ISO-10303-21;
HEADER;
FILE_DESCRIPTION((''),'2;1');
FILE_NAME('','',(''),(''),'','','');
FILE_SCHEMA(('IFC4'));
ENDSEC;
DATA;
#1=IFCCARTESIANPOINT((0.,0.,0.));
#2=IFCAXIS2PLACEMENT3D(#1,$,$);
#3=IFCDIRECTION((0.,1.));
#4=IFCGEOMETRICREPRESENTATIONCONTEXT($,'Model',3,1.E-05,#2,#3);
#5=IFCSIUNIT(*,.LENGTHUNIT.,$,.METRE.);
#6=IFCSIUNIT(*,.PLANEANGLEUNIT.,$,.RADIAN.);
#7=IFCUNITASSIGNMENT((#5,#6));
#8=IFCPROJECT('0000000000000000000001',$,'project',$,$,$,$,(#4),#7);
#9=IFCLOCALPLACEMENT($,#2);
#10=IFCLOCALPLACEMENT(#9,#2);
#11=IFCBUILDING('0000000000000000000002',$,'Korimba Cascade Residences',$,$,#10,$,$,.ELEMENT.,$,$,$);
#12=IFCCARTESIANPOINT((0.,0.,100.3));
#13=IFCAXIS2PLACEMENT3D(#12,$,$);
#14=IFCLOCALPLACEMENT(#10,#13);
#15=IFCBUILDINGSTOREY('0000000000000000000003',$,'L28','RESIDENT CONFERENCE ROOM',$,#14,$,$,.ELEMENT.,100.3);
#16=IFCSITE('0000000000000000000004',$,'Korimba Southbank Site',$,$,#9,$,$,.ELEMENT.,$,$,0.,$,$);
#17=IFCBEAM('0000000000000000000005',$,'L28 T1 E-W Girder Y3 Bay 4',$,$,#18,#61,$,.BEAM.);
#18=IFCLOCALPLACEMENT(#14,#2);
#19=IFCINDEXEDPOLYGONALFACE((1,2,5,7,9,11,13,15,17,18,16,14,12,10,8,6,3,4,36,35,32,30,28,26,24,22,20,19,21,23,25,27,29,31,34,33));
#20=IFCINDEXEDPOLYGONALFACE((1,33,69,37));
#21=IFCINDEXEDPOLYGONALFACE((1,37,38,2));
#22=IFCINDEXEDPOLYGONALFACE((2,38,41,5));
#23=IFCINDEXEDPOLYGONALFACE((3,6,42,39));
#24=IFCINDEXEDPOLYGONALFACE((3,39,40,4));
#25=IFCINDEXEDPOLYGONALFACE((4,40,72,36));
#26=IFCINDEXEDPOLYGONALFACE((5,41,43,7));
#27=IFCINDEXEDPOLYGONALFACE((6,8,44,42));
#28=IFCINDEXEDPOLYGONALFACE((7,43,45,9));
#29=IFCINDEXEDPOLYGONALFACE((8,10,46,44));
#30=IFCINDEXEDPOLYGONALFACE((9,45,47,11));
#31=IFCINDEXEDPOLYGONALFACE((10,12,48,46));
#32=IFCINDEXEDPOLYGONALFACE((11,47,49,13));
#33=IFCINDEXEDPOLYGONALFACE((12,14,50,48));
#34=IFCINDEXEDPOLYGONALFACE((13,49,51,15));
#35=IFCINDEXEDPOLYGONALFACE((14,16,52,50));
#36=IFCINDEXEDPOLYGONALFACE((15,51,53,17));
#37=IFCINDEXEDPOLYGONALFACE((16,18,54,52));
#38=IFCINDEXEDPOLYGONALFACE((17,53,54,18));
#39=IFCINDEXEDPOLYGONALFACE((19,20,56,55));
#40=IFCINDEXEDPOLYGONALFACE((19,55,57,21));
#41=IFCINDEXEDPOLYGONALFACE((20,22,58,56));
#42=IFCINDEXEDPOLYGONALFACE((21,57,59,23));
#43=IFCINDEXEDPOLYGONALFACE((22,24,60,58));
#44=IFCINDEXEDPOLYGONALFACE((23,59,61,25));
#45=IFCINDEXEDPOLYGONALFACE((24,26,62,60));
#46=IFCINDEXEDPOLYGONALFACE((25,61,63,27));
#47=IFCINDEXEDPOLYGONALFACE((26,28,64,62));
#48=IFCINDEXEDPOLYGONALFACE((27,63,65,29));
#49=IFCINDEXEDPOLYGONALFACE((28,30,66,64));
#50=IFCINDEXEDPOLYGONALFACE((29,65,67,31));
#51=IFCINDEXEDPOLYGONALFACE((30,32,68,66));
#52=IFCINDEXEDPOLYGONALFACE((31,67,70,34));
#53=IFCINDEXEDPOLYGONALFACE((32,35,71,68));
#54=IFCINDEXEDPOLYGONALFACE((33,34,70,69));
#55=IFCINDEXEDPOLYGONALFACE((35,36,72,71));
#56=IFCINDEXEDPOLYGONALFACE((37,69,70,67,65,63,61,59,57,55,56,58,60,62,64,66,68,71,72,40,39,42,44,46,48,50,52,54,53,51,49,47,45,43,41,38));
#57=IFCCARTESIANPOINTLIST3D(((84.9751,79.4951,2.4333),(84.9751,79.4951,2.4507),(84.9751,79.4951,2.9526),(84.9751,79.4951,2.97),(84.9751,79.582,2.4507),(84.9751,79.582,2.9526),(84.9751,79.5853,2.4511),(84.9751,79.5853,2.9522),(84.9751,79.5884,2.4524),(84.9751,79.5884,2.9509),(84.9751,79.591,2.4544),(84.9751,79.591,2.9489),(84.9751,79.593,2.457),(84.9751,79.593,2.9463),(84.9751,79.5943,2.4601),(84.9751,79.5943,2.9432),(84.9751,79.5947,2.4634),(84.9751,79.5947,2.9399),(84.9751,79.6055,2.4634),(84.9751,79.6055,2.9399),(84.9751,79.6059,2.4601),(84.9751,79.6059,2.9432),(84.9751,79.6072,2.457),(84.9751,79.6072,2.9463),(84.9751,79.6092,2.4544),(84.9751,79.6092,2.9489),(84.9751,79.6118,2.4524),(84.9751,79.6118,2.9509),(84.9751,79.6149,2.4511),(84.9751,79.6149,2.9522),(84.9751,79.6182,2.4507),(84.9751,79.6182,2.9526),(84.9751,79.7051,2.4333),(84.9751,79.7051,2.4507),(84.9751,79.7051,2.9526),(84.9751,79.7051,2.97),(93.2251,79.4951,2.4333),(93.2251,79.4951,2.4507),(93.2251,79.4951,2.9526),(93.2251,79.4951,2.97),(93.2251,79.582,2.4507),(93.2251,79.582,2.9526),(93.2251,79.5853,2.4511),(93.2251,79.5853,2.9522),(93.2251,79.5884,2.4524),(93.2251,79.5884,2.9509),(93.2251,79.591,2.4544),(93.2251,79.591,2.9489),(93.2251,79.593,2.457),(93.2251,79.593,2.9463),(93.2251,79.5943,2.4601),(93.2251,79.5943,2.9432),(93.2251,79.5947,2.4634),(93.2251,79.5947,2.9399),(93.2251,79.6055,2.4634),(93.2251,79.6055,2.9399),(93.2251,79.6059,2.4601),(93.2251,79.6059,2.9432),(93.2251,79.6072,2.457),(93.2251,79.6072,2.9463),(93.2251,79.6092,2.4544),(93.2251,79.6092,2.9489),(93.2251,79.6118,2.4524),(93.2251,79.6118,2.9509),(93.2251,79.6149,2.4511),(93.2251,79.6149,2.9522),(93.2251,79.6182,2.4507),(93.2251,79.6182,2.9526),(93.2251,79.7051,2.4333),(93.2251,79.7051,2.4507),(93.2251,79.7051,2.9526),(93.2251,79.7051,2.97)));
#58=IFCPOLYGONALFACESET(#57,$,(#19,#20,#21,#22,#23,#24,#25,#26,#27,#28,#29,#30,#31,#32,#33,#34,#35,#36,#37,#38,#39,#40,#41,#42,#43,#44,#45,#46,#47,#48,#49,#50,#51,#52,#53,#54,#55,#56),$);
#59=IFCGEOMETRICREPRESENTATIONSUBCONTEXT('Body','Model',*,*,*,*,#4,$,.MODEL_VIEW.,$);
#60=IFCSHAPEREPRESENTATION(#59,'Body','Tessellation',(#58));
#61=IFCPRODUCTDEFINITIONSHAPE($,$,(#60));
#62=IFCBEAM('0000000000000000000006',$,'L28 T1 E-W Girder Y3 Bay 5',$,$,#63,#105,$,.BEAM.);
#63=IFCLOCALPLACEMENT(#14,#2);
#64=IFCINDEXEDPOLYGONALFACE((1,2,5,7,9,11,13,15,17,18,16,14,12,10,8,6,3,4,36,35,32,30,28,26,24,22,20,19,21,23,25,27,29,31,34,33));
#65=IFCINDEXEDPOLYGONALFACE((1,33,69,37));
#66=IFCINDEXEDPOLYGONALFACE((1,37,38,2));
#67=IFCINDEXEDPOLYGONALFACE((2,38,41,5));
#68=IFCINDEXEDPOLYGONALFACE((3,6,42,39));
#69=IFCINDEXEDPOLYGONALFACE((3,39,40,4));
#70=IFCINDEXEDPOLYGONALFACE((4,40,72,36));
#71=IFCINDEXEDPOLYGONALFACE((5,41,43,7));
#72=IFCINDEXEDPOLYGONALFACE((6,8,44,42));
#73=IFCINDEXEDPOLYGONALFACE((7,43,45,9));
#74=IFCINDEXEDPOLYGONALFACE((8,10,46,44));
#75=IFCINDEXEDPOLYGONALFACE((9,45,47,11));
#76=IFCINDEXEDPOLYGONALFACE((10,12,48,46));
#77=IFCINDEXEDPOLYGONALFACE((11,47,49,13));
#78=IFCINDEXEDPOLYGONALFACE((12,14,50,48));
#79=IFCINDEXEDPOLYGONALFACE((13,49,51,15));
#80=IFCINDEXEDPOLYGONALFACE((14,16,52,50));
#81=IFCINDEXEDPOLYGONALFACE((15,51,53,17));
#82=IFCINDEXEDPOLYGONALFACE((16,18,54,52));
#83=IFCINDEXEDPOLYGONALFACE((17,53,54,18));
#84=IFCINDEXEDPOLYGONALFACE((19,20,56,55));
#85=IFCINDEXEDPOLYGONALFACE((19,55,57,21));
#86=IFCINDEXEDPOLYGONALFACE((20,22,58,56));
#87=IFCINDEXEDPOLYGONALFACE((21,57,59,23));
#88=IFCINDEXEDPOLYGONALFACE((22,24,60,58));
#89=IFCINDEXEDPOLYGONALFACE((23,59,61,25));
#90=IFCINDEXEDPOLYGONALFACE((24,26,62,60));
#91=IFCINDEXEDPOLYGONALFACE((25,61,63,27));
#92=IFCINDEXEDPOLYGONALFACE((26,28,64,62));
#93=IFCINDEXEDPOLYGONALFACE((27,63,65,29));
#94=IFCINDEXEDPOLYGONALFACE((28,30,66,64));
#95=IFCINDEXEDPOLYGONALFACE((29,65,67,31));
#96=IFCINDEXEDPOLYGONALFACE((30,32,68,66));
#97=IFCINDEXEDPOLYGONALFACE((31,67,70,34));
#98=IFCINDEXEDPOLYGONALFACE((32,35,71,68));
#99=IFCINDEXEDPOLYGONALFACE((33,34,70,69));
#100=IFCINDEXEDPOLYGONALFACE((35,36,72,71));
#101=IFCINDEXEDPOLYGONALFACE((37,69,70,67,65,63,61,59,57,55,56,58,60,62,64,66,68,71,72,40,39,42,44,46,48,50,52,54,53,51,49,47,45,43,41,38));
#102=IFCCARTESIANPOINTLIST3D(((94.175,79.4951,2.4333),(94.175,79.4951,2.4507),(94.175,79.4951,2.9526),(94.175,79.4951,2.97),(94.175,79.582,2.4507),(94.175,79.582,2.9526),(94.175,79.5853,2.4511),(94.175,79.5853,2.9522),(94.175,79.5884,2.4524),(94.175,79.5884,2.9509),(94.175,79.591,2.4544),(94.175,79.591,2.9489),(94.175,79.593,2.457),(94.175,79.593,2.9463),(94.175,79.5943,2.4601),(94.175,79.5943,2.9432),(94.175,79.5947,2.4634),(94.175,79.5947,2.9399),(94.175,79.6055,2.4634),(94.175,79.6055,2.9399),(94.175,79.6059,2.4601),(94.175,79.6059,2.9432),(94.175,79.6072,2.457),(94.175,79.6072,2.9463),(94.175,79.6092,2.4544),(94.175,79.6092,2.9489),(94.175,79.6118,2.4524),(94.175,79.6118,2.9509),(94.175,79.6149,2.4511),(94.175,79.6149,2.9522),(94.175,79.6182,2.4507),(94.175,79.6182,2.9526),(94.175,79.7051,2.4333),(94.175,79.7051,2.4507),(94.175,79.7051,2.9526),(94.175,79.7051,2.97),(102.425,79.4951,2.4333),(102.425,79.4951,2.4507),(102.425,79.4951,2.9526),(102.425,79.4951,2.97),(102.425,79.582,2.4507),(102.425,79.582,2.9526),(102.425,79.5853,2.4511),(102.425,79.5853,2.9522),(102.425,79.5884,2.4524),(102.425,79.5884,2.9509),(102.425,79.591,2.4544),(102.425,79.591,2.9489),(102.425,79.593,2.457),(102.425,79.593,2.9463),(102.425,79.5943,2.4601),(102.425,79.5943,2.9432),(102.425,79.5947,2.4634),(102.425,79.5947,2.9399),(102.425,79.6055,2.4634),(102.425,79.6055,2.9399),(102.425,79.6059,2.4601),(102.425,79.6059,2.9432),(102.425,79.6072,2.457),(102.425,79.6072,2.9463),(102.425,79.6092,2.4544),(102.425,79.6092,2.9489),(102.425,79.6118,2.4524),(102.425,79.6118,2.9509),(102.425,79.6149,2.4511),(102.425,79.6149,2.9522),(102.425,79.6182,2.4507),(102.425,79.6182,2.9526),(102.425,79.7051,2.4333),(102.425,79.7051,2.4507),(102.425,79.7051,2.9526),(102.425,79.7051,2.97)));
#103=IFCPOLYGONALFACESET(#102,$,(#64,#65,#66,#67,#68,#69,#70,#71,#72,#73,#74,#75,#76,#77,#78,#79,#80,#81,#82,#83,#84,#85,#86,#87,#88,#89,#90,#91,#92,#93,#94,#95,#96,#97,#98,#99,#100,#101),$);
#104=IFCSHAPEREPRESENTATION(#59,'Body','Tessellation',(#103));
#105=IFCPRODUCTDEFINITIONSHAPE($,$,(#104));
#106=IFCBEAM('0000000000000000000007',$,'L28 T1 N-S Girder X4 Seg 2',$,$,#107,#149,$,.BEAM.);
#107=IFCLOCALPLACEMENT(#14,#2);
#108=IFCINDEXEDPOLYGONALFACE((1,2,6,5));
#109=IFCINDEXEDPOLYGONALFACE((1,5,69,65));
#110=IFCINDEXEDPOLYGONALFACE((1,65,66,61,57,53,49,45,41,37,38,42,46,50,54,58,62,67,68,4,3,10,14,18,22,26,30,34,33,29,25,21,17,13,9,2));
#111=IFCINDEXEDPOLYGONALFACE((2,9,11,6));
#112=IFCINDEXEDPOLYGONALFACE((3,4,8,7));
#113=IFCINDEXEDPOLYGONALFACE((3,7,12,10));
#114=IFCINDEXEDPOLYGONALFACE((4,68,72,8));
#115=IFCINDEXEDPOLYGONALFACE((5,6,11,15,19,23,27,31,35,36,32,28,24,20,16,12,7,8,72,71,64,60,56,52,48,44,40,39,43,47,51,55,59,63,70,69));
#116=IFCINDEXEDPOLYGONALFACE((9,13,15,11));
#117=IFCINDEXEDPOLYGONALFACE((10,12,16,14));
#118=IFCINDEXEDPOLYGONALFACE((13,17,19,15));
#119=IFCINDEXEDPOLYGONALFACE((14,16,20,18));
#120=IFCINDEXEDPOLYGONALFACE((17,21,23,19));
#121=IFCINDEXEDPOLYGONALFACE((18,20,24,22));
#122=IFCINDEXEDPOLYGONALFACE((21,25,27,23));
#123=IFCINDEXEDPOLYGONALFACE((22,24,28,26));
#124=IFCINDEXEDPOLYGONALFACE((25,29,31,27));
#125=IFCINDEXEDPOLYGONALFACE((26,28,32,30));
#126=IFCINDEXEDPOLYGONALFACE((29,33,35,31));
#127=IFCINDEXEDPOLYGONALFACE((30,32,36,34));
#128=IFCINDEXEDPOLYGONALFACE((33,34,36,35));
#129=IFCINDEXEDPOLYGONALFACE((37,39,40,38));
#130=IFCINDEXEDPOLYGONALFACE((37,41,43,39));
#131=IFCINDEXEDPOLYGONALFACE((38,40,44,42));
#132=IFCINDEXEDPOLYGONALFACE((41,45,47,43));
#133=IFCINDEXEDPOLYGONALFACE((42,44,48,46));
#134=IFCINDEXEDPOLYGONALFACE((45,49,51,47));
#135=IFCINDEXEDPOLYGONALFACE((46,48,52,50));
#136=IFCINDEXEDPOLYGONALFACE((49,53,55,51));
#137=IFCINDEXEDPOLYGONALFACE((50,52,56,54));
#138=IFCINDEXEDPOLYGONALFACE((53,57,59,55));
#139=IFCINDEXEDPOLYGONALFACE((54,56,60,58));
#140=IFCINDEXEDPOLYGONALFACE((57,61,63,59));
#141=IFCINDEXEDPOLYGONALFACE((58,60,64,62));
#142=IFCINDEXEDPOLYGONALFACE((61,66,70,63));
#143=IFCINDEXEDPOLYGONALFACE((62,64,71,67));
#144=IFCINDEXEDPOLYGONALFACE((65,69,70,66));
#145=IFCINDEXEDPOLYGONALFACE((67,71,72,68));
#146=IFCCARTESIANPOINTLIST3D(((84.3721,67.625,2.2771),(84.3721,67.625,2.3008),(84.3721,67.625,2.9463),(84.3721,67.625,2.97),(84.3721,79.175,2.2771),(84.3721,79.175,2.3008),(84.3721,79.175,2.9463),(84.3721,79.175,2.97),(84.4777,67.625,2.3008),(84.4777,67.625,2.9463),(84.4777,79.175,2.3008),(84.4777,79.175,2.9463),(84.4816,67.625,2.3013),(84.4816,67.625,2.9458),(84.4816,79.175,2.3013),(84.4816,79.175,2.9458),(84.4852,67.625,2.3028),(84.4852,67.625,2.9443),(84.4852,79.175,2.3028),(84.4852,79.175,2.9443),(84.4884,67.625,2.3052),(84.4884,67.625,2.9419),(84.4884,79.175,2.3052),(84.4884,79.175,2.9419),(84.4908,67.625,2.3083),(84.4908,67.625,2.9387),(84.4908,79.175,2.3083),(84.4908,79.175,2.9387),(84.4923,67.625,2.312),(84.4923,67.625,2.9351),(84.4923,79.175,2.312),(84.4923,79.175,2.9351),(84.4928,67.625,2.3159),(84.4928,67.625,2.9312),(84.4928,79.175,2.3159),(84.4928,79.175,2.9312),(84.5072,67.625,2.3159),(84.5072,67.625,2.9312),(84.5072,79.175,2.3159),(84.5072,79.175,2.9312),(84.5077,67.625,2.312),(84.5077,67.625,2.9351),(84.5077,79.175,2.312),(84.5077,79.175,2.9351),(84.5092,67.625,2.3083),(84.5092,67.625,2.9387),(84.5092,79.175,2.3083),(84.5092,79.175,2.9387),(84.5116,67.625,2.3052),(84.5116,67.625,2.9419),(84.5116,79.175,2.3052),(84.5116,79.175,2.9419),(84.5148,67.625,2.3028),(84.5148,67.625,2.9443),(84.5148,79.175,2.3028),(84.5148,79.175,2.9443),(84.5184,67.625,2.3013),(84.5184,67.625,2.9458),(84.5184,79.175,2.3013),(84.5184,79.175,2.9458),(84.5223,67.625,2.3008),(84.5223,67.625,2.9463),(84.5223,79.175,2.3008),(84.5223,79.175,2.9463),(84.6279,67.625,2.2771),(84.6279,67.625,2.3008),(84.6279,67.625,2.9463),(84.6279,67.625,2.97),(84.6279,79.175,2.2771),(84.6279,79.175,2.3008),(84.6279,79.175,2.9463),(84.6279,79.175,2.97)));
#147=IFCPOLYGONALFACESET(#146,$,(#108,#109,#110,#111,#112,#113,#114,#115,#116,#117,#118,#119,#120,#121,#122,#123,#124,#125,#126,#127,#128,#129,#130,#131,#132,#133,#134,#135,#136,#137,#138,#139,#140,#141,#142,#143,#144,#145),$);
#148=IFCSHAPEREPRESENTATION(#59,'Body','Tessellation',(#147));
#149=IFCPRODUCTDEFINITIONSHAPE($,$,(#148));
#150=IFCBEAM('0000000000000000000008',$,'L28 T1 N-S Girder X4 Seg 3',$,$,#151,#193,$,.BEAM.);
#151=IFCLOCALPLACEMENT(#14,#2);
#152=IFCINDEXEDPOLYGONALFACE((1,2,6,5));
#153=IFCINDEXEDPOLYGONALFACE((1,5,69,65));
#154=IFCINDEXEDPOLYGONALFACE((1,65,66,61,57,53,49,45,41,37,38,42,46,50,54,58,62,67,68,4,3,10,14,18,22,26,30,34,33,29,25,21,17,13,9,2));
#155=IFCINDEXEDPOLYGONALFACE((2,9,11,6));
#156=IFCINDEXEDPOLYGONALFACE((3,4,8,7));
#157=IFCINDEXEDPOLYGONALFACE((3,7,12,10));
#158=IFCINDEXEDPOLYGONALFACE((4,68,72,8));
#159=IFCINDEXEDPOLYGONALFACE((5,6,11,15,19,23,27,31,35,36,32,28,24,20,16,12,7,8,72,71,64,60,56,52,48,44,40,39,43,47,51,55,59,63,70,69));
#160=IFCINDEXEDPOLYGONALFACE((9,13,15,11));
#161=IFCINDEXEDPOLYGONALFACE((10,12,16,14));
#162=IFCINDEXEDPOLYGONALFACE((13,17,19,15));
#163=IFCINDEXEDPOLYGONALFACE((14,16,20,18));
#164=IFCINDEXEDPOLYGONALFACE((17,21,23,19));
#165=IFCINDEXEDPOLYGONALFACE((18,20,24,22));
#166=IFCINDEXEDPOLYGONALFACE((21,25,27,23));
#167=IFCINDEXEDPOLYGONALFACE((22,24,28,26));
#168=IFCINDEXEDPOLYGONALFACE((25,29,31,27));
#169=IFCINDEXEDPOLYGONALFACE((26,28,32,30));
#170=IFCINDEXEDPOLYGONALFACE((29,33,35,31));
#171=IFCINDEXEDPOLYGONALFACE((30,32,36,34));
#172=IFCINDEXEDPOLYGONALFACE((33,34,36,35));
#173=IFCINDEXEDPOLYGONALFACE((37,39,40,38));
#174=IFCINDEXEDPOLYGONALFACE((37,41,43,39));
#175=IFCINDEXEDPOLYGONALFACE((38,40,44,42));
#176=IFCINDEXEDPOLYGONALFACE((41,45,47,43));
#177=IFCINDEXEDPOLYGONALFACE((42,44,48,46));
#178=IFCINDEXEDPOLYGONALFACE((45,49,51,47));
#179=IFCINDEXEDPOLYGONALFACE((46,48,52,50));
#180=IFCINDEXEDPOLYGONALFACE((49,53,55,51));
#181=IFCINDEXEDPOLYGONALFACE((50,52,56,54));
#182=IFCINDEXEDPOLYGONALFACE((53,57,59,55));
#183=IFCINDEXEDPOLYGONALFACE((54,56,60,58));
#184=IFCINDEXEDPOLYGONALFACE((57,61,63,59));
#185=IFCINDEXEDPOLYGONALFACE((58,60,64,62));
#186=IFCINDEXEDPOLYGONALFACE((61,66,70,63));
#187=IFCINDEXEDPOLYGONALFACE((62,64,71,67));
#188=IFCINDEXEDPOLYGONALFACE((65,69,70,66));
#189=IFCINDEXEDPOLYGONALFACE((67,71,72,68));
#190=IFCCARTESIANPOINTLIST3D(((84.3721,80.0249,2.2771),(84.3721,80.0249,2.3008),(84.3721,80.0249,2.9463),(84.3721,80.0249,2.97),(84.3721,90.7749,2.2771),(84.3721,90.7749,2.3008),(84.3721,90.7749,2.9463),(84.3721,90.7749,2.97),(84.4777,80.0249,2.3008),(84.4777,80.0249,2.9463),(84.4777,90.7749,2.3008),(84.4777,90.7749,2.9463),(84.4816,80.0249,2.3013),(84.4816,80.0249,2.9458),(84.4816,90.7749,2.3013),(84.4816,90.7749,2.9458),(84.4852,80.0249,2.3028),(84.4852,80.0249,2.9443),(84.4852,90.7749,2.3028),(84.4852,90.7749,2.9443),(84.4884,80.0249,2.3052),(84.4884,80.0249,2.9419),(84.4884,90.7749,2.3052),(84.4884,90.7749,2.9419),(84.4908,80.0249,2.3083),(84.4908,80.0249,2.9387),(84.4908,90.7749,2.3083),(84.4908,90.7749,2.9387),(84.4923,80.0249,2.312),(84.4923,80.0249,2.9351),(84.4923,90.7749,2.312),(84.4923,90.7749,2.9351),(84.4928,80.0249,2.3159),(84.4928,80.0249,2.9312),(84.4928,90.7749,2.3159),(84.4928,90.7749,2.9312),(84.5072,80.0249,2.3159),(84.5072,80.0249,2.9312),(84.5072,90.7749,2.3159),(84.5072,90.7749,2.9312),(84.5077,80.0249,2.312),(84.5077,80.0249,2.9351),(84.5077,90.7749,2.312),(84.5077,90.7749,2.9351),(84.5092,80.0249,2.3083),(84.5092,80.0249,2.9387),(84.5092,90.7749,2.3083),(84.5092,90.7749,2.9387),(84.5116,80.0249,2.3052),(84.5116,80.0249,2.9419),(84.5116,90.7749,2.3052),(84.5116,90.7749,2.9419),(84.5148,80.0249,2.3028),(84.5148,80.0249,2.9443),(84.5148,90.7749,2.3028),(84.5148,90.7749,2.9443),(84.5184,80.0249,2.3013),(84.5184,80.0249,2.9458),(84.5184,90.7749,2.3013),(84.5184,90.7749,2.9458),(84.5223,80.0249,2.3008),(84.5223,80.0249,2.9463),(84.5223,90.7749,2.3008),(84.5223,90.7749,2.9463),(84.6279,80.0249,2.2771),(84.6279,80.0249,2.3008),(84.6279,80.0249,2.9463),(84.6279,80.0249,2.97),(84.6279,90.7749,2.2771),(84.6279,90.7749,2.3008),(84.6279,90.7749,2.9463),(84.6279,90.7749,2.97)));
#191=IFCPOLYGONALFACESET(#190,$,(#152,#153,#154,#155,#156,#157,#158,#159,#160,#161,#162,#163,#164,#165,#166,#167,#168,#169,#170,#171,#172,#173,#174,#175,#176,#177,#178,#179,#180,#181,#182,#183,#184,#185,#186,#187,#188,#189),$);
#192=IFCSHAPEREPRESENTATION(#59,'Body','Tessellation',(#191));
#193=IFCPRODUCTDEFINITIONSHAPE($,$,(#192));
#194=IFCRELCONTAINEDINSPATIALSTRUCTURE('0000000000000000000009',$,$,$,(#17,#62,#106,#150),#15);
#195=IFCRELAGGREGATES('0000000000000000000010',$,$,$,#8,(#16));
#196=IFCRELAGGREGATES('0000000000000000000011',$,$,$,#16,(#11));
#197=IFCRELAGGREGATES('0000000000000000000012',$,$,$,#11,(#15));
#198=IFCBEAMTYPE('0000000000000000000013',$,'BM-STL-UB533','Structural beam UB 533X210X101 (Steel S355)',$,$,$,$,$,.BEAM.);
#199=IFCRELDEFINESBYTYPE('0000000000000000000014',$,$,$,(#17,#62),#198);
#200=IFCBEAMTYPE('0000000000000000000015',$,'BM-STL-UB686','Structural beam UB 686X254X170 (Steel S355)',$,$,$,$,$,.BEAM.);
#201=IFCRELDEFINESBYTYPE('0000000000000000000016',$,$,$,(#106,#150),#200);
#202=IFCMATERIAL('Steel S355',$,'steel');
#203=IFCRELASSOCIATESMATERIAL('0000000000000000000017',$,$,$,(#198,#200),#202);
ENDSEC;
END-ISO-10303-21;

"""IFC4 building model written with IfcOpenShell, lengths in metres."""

from ifc_helpers import new_model, si_unit, direction, frame, origin, origin_2d, place, context, subcontext, project, spatial, i_section, extrude, material, material_profile, profile_set, type_object, element, save


model = new_model("IFC4")

# Units and contexts
model_context = context("Model", 3, precision=1e-05, world=origin(), true_north=direction((0.0, 1.0)))
body_context = subcontext(model_context, "Body", "Model", "MODEL_VIEW")
ifc_project = project(units=[si_unit("LENGTHUNIT", "METRE"), si_unit("PLANEANGLEUNIT", "RADIAN")], contexts=[model_context])

# Site, building, storey
site_placement = place(None, origin())
site = spatial("IfcSite", under=ifc_project, at=site_placement, Name="Korimba Southbank Site", CompositionType="ELEMENT", RefElevation=0.0)
building_placement = place(site_placement, origin())
building = spatial("IfcBuilding", under=site, at=building_placement, Name="Korimba Cascade Residences", CompositionType="ELEMENT")
storey_placement = place(building_placement, frame((0.0, 0.0, 100.3)))
storey = spatial("IfcBuildingStorey", under=building, at=storey_placement, Name="L28", Description="RESIDENT CONFERENCE ROOM", CompositionType="ELEMENT", Elevation=100.3)

# Beams
ifc_material_1 = material(Name="Steel S355", Category="steel")
ifc_material_profile_1 = material_profile(ifc_material_1, i_section(OverallWidth=0.21, OverallDepth=0.5366, WebThickness=0.0107, FlangeThickness=0.0173, FilletRadius=0.0127, at=origin_2d()), Name="Steel S355")
ifc_profile_set_1 = profile_set([ifc_material_profile_1], Name="Steel S355")
beam_type_1 = type_object("IfcBeamType", Name="BM-STL-UB533", Description="Structural beam UB 533X210X101 (Steel S355)", PredefinedType="BEAM", material=ifc_profile_set_1)
for number, where, z_axis, x_axis, name in (
    (1, (84.9751, 79.6001, 2.7017), (1.0, 0.0, 0.0), (0.0, 1.0, 0.0), "L28 T1 E-W Girder Y3 Bay 4"),
    (2, (94.175, 79.6001, 2.7017), (1.0, 0.0, 0.0), (0.0, 1.0, 0.0), "L28 T1 E-W Girder Y3 Bay 5"),
):
    element("IfcBeam", number, at=place(storey_placement, frame(where, z_axis=z_axis, x_axis=x_axis)), inside=storey, type_object=beam_type_1, Name=name, PredefinedType="BEAM", context=body_context, shape_type="SweptSolid", body=[
        extrude(i_section(OverallWidth=0.21, OverallDepth=0.5366, WebThickness=0.0107, FlangeThickness=0.0173, FilletRadius=0.0127, at=origin_2d()), origin(), (0.0, 0.0, 1.0), 8.25),
    ])
ifc_material_profile_2 = material_profile(ifc_material_1, i_section(OverallWidth=0.2559, OverallDepth=0.6929, WebThickness=0.0144, FlangeThickness=0.0237, FilletRadius=0.0151, at=origin_2d()), Name="Steel S355")
ifc_profile_set_2 = profile_set([ifc_material_profile_2], Name="Steel S355")
beam_type_2 = type_object("IfcBeamType", Name="BM-STL-UB686", Description="Structural beam UB 686X254X170 (Steel S355)", PredefinedType="BEAM", material=ifc_profile_set_2)
beam_1_placement = place(storey_placement, frame((84.5, 67.625, 2.6235), z_axis=(0.0, 1.0, 0.0), x_axis=(-1.0, 0.0, 0.0)))
element("IfcBeam", 3, at=beam_1_placement, inside=storey, type_object=beam_type_2, Name="L28 T1 N-S Girder X4 Seg 2", PredefinedType="BEAM", context=body_context, shape_type="SweptSolid", body=[
    extrude(i_section(OverallWidth=0.2559, OverallDepth=0.6929, WebThickness=0.0144, FlangeThickness=0.0237, FilletRadius=0.0151, at=origin_2d()), origin(), (0.0, 0.0, 1.0), 11.55),
])
beam_2_placement = place(storey_placement, frame((84.5, 80.0249, 2.6235), z_axis=(0.0, 1.0, 0.0), x_axis=(-1.0, 0.0, 0.0)))
element("IfcBeam", 4, at=beam_2_placement, inside=storey, type_object=beam_type_2, Name="L28 T1 N-S Girder X4 Seg 3", PredefinedType="BEAM", context=body_context, shape_type="SweptSolid", body=[
    extrude(i_section(OverallWidth=0.2559, OverallDepth=0.6929, WebThickness=0.0144, FlangeThickness=0.0237, FilletRadius=0.0151, at=origin_2d()), origin(), (0.0, 0.0, 1.0), 10.75),
])

save(model, "model.ifc")
